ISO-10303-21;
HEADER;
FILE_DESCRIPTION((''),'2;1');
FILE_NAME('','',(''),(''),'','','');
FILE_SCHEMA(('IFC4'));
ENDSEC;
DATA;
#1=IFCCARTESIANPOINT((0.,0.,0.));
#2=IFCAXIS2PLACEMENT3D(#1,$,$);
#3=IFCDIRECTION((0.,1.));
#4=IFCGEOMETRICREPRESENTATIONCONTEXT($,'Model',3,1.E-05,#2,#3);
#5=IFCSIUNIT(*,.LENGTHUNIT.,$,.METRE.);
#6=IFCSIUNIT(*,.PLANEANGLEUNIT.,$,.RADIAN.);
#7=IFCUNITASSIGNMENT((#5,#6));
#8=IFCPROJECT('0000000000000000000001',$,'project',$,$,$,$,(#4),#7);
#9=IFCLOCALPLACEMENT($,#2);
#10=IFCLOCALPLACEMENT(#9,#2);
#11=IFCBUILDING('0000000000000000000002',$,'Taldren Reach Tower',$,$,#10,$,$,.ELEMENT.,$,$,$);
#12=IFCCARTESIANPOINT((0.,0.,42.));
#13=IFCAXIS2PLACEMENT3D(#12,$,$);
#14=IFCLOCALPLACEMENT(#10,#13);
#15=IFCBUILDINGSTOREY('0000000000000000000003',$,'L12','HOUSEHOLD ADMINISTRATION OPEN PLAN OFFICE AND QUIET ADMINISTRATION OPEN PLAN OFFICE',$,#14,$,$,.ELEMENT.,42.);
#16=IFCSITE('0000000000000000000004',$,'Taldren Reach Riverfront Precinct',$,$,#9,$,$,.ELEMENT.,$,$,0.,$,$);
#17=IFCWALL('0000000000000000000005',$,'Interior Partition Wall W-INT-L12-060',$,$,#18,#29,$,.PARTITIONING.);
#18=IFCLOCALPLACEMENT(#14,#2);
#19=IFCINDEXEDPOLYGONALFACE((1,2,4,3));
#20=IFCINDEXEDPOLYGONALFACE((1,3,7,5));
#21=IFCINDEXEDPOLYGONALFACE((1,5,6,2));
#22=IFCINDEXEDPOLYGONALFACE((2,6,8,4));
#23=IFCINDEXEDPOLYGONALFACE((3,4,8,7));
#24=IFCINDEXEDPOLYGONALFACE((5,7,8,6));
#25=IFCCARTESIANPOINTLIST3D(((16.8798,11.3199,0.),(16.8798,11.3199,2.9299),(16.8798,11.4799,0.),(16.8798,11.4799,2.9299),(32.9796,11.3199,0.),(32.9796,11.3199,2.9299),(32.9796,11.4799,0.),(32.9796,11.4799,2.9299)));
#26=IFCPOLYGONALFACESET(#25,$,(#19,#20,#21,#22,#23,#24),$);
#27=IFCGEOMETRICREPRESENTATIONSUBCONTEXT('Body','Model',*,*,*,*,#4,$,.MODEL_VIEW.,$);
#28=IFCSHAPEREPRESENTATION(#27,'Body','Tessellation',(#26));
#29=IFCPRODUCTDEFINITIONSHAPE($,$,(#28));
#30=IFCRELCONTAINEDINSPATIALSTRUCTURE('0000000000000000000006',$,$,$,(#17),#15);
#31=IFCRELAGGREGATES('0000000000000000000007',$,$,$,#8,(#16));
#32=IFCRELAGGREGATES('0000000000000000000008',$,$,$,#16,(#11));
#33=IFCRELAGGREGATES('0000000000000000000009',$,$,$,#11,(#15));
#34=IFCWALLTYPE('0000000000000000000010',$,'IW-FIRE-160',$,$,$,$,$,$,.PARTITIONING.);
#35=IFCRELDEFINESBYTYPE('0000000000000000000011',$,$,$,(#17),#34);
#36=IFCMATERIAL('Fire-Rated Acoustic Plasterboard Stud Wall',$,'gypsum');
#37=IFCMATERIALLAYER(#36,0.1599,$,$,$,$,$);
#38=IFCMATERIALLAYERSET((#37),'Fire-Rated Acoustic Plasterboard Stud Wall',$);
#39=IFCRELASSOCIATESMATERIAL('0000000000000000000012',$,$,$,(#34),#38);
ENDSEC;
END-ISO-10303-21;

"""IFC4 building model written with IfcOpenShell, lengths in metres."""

from ifc_helpers import new_model, si_unit, direction, frame, frame_2d, origin, place, context, subcontext, project, spatial, rectangle, extrude, source, transform, mapped, material, layer, layer_set, type_object, element, save


model = new_model("IFC4")

# Units and contexts
model_context = context("Model", 3, precision=1e-05, world=origin(), true_north=direction((0.0, 1.0)))
body_context = subcontext(model_context, "Body", "Model", "MODEL_VIEW")
ifc_project = project(units=[si_unit("LENGTHUNIT", "METRE"), si_unit("PLANEANGLEUNIT", "RADIAN")], contexts=[model_context])

# Site, building, storey
site_placement = place(None, origin())
site = spatial("IfcSite", under=ifc_project, at=site_placement, Name="Taldren Reach Riverfront Precinct", CompositionType="ELEMENT", RefElevation=0.0)
building_placement = place(site_placement, origin())
building = spatial("IfcBuilding", under=site, at=building_placement, Name="Taldren Reach Tower", CompositionType="ELEMENT")
storey_placement = place(building_placement, frame((0.0, 0.0, 42.0)))
storey = spatial("IfcBuildingStorey", under=building, at=storey_placement, Name="L12", Description="HOUSEHOLD ADMINISTRATION OPEN PLAN OFFICE AND QUIET ADMINISTRATION OPEN PLAN OFFICE", CompositionType="ELEMENT", Elevation=42.0)

# Shared definitions
ifc_material_1 = material(Name="Fire-Rated Acoustic Plasterboard Stud Wall", Category="gypsum")
ifc_layer_1 = layer(ifc_material_1, 0.1599)
ifc_layer_set_1 = layer_set([ifc_layer_1], Name="Fire-Rated Acoustic Plasterboard Stud Wall")
wall_type_1 = type_object("IfcWallType", Name="IW-FIRE-160", PredefinedType="PARTITIONING", material=ifc_layer_set_1)

# Wall
shared_shape_1 = source(origin(), body_context, "Body", "SweptSolid", [
    extrude(rectangle(XDim=16.0999, YDim=0.1599, at=frame_2d((8.0498, 0.0))), origin(), (0.0, 0.0, 1.0), 2.9299),
])
wall_1_placement = place(storey_placement, frame((16.8799, 11.3999, 0.0), z_axis=(0.0, 0.0, 1.0), x_axis=(1.0, 0.0, 0.0)))
element("IfcWall", 1, at=wall_1_placement, inside=storey, type_object=wall_type_1, Name="Interior Partition Wall W-INT-L12-060", PredefinedType="PARTITIONING", context=body_context, shape_type="MappedRepresentation", body=[
    mapped(shared_shape_1, transform((0.0, 0.0, 0.0), scale=1.0)),
])

save(model, "model.ifc")
